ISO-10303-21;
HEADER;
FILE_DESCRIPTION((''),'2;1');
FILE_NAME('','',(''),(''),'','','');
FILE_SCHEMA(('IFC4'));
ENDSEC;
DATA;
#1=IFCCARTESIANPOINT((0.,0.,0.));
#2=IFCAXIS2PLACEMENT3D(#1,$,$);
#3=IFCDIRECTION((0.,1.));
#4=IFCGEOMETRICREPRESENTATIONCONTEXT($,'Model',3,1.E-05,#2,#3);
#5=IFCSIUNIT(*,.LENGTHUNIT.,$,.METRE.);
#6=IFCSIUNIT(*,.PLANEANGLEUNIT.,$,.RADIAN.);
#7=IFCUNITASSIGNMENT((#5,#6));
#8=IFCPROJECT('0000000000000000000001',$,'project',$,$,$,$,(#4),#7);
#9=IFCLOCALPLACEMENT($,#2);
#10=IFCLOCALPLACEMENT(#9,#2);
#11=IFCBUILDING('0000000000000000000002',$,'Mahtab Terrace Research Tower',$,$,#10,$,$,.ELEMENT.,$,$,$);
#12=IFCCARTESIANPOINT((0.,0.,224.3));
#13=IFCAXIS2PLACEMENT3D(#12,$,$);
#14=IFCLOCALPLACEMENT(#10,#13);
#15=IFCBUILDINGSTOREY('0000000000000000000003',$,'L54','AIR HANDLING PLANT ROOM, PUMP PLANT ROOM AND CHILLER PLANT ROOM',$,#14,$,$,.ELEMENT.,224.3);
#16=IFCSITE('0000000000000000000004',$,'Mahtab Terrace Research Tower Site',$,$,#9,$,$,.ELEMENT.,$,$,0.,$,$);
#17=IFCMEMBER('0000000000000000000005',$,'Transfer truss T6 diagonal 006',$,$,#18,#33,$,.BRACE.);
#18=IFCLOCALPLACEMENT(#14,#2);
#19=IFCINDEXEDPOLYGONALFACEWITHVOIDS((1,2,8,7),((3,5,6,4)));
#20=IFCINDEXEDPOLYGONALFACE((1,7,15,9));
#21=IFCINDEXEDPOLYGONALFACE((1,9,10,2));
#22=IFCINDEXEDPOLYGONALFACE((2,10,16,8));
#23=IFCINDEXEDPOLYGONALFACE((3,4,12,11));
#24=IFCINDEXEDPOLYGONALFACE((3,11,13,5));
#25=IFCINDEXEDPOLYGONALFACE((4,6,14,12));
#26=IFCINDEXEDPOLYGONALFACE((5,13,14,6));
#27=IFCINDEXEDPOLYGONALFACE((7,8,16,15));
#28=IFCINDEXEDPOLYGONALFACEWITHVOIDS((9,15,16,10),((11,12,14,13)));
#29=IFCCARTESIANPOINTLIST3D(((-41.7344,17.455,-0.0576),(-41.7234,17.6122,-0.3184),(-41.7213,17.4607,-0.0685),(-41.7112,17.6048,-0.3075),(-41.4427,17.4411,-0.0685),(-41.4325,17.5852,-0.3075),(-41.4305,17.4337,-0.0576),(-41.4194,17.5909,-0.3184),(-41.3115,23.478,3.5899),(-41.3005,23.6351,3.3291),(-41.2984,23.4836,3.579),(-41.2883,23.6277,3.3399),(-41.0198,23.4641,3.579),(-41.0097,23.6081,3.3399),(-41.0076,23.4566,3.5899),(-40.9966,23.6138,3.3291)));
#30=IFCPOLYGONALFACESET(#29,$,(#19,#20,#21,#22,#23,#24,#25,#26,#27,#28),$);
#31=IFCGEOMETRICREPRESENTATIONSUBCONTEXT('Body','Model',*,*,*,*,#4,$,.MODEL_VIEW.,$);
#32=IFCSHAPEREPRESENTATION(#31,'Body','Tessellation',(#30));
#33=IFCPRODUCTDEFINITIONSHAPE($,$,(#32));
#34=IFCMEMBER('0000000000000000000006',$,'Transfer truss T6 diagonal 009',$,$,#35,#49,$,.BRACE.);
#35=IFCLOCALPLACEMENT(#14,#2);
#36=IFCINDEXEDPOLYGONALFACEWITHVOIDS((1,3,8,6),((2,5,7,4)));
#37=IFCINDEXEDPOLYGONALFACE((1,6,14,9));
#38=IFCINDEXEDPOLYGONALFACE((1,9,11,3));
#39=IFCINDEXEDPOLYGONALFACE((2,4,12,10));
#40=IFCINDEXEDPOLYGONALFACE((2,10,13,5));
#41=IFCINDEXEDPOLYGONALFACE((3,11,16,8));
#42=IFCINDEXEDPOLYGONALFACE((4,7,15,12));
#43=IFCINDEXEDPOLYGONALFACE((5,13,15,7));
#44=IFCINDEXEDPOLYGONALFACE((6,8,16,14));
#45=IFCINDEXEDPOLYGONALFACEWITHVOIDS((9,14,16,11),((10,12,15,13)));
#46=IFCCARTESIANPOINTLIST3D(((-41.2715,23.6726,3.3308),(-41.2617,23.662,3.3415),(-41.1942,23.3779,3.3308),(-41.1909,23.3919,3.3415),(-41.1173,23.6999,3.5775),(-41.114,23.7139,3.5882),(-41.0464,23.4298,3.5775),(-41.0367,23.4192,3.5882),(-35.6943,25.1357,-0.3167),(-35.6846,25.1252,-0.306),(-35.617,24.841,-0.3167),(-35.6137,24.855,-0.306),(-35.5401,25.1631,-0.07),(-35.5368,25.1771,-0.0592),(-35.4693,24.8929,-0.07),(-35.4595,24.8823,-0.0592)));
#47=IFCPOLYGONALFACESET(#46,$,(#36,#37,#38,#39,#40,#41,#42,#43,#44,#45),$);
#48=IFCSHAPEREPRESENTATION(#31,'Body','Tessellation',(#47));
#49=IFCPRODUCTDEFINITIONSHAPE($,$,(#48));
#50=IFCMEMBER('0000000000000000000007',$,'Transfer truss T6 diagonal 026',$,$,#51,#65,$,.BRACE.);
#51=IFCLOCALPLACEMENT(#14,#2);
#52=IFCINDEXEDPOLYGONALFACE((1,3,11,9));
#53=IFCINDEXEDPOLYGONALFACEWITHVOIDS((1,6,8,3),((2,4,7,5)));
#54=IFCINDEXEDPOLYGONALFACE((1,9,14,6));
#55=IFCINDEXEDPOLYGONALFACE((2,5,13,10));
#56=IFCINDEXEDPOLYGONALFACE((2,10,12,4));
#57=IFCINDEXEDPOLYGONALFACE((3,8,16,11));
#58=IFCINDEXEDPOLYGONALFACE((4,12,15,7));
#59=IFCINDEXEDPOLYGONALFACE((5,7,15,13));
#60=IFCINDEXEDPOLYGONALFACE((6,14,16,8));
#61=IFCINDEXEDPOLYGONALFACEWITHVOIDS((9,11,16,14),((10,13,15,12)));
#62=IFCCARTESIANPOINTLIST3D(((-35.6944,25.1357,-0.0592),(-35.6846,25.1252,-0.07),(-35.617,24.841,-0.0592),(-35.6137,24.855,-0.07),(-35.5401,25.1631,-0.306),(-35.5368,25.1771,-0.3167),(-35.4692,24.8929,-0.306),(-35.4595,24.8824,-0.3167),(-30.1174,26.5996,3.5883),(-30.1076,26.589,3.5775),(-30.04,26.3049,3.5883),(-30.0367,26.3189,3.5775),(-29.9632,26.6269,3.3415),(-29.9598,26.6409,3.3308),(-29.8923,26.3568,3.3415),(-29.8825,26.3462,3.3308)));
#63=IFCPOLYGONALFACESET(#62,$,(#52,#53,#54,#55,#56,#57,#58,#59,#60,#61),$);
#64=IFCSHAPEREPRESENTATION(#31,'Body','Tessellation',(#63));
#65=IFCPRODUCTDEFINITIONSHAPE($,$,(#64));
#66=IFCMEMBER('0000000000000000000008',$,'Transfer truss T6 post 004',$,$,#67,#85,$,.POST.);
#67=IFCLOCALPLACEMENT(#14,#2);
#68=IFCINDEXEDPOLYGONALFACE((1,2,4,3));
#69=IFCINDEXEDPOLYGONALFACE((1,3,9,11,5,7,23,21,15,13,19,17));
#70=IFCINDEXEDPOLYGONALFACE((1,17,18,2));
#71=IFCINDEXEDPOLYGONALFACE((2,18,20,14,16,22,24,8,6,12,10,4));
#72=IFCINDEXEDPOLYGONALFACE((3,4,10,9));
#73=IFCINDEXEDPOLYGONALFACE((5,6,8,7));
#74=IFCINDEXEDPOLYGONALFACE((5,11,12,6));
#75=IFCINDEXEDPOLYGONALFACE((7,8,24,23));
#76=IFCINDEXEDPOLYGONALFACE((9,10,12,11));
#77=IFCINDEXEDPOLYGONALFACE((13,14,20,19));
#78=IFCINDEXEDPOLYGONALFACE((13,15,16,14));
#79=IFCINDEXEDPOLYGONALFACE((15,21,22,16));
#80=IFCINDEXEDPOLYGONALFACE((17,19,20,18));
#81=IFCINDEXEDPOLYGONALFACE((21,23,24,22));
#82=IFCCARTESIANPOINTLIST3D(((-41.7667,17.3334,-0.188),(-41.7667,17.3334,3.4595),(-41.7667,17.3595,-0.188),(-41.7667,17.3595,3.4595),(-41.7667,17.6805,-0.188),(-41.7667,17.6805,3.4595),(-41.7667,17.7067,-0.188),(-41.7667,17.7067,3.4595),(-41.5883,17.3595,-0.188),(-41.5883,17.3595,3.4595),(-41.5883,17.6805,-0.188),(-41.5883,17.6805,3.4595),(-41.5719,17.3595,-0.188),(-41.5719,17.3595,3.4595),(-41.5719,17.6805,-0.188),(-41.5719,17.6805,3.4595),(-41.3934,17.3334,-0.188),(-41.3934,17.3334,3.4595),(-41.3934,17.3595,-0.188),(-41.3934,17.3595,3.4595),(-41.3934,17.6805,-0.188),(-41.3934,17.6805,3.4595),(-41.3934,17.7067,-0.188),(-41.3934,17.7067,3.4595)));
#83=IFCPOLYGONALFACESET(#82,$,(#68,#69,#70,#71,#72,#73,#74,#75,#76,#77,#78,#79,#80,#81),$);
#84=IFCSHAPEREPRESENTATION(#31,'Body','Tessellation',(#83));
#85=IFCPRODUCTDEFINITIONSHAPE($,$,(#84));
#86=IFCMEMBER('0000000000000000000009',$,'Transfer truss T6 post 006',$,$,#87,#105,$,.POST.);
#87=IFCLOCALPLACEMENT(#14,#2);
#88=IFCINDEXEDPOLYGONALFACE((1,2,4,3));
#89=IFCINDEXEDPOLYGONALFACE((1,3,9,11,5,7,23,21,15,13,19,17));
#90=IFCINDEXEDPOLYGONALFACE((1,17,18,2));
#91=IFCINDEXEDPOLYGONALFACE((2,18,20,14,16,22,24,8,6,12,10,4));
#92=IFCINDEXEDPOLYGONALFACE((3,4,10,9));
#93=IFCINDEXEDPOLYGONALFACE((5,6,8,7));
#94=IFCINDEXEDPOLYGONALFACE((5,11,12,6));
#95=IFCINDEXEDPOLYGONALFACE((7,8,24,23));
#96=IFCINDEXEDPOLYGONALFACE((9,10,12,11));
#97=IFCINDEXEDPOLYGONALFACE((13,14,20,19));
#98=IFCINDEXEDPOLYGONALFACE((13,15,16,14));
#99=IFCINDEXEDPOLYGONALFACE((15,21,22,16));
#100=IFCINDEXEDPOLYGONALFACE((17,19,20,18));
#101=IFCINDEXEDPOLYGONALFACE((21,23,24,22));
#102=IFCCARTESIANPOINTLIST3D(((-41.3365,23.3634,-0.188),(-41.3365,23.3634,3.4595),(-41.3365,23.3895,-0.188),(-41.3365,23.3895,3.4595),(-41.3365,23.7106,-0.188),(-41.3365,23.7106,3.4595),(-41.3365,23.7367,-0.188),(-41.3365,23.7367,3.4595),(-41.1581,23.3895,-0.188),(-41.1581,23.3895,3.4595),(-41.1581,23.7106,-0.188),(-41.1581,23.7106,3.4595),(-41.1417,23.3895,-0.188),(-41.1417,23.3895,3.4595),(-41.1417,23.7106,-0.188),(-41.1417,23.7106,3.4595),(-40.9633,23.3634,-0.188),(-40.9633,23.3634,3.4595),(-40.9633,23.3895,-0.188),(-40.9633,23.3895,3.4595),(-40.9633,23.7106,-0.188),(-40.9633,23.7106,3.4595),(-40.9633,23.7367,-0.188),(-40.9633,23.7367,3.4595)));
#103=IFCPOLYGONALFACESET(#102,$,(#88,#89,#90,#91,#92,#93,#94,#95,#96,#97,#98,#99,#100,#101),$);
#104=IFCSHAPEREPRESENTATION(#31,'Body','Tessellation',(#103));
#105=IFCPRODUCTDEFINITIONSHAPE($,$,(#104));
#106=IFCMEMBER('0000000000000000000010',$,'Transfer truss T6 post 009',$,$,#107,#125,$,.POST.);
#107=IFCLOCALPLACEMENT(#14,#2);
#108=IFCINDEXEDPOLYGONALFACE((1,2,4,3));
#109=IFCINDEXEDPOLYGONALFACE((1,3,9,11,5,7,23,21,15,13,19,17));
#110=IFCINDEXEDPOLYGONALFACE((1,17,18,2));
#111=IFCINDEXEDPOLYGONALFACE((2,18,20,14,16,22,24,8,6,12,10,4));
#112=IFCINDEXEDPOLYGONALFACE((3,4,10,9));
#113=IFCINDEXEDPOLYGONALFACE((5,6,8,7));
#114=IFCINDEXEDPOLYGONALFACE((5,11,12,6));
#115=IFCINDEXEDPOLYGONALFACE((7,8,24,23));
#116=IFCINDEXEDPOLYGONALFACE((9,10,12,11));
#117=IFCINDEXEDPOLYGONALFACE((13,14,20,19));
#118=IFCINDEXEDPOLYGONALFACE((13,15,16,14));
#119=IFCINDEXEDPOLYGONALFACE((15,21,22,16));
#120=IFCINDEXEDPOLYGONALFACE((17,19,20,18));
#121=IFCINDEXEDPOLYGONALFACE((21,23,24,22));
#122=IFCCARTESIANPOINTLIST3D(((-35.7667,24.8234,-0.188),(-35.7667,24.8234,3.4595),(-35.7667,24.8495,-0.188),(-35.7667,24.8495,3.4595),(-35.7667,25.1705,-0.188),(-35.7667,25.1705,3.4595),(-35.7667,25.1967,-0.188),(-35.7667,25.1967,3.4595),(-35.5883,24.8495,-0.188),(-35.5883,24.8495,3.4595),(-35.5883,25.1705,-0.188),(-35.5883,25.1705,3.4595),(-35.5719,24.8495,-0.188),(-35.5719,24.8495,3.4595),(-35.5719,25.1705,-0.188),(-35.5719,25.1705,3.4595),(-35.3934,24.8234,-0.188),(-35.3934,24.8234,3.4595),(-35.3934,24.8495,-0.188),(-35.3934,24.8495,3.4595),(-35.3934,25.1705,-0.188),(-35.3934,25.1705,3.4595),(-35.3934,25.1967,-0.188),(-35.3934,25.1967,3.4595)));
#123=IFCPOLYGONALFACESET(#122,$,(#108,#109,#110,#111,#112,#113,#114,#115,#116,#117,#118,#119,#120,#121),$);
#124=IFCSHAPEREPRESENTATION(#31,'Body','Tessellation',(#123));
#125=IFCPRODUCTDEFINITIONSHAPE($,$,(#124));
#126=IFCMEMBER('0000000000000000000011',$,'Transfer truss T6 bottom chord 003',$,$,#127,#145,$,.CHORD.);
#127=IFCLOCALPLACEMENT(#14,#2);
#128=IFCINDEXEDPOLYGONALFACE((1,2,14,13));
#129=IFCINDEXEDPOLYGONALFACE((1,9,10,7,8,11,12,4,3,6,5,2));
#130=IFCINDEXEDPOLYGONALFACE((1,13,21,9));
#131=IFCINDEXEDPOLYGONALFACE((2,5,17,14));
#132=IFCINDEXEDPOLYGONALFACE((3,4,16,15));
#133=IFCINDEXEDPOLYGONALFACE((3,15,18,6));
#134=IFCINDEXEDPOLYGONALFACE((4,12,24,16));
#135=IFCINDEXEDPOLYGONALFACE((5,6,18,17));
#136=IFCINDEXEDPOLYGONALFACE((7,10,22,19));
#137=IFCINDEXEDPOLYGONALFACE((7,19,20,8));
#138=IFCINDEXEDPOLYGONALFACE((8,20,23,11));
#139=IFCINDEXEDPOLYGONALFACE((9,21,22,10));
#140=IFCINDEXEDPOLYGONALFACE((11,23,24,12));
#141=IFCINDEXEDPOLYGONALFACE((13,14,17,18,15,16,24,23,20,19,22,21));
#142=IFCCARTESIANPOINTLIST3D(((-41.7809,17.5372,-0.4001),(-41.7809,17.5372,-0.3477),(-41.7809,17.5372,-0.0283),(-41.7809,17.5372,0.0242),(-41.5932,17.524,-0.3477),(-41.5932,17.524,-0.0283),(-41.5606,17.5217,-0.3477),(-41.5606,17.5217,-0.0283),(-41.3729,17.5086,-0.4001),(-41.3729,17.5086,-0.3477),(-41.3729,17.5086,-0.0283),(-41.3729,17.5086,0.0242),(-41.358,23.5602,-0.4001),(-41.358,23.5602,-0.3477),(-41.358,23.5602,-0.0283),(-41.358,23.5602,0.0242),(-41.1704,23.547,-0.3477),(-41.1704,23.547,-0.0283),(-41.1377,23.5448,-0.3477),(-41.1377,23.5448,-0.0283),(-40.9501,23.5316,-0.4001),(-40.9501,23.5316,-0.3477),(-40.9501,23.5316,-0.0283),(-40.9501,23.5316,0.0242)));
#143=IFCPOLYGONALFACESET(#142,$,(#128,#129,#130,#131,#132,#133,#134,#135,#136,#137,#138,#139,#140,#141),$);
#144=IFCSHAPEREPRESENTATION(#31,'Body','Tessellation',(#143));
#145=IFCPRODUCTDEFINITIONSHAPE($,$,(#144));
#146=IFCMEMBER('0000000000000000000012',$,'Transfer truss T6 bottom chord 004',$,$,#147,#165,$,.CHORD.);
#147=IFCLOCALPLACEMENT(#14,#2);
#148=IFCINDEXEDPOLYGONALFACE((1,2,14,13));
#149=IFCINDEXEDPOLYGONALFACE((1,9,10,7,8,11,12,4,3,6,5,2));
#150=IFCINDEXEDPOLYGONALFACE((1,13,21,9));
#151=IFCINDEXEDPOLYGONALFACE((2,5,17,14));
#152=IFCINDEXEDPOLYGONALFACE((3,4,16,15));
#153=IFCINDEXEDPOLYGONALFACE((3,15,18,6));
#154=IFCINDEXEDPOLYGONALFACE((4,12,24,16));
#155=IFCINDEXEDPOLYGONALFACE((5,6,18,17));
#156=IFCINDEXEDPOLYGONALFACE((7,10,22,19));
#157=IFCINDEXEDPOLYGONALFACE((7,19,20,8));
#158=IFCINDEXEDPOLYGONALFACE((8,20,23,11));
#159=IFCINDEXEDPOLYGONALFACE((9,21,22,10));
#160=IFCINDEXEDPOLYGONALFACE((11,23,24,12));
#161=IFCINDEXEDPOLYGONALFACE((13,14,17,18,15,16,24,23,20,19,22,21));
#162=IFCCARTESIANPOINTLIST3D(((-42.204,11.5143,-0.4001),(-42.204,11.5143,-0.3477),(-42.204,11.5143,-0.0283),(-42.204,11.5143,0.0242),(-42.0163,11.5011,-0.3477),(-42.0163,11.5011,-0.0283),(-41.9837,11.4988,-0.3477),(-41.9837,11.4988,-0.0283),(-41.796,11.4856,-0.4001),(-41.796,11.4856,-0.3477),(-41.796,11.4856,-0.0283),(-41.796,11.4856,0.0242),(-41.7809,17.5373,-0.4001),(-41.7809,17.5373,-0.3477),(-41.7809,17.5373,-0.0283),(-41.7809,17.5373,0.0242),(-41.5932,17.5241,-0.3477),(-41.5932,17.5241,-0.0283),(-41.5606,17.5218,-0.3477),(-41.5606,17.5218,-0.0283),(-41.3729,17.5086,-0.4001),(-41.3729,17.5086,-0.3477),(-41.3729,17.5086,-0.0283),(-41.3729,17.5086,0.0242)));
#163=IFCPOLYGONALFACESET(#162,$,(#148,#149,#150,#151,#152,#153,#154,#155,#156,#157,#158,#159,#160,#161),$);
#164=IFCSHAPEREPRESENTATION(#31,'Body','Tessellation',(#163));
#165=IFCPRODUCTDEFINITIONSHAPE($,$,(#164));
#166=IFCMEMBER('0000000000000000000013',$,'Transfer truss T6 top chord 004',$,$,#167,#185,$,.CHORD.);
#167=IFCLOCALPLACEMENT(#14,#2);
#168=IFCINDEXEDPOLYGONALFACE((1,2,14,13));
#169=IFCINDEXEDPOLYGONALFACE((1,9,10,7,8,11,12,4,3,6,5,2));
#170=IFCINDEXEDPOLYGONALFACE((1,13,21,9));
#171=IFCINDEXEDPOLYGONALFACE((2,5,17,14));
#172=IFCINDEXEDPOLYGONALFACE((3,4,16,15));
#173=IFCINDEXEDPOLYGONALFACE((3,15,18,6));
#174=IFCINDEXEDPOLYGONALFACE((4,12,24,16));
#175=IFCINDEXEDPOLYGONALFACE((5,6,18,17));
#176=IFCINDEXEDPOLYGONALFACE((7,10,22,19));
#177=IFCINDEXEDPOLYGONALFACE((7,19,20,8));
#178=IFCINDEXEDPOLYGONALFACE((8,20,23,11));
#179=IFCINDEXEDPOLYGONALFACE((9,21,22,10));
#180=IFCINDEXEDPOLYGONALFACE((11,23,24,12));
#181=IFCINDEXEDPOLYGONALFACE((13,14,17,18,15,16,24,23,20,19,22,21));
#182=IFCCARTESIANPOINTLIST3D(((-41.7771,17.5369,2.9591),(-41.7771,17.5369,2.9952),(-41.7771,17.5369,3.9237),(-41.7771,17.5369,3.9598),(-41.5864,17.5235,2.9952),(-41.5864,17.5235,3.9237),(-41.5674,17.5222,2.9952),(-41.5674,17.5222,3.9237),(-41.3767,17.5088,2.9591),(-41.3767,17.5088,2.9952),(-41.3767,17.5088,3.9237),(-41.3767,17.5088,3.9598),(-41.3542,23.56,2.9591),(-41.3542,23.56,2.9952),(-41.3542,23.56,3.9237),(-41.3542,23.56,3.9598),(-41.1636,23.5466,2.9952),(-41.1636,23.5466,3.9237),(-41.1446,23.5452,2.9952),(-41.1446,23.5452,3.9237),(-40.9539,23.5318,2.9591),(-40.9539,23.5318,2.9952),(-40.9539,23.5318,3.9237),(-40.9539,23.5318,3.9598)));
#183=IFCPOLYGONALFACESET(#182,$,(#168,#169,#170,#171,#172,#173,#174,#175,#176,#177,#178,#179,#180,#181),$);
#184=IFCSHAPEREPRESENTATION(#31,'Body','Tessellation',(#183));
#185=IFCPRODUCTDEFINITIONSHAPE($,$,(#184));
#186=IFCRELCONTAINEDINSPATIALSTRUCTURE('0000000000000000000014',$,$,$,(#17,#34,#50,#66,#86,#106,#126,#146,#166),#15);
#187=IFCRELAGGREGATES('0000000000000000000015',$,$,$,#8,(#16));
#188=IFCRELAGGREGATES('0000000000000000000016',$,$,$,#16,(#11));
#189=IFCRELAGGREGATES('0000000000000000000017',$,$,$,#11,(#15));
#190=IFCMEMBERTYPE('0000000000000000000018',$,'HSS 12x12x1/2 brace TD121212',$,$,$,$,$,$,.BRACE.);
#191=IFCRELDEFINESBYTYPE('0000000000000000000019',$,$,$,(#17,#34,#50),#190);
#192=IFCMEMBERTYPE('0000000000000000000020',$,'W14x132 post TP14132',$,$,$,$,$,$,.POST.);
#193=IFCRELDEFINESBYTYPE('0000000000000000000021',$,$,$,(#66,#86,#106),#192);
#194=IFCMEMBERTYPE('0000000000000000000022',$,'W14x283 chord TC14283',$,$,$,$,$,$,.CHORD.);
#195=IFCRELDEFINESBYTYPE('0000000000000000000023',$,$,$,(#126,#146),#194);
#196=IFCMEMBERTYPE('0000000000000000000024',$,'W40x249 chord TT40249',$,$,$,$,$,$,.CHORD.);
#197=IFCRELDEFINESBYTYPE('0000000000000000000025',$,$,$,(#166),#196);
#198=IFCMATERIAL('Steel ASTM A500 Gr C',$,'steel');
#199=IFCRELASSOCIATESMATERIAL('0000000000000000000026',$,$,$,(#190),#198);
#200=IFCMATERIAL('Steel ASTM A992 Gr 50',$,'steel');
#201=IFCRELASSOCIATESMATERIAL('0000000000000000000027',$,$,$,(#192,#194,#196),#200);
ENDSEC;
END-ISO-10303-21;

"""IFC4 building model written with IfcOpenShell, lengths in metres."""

from ifc_helpers import new_model, si_unit, direction, frame, origin, origin_2d, place, context, subcontext, project, spatial, hollow_rectangle, i_section, extrude, material, material_profile, profile_set, type_object, element, save


model = new_model("IFC4")

# Units and contexts
model_context = context("Model", 3, precision=1e-05, world=origin(), true_north=direction((0.0, 1.0)))
body_context = subcontext(model_context, "Body", "Model", "MODEL_VIEW")
ifc_project = project(units=[si_unit("LENGTHUNIT", "METRE"), si_unit("PLANEANGLEUNIT", "RADIAN")], contexts=[model_context])

# Site, building, storey
site_placement = place(None, origin())
site = spatial("IfcSite", under=ifc_project, at=site_placement, Name="Mahtab Terrace Research Tower Site", CompositionType="ELEMENT", RefElevation=0.0)
building_placement = place(site_placement, origin())
building = spatial("IfcBuilding", under=site, at=building_placement, Name="Mahtab Terrace Research Tower", CompositionType="ELEMENT")
storey_placement = place(building_placement, frame((0.0, 0.0, 224.3)))
storey = spatial("IfcBuildingStorey", under=building, at=storey_placement, Name="L54", Description="AIR HANDLING PLANT ROOM, PUMP PLANT ROOM AND CHILLER PLANT ROOM", CompositionType="ELEMENT", Elevation=224.3)

# Members
ifc_material_1 = material(Name="Steel ASTM A500 Gr C", Category="steel")
ifc_material_profile_1 = material_profile(ifc_material_1, hollow_rectangle(XDim=0.3047, YDim=0.3047, WallThickness=0.0127, at=origin_2d()), Name="HSS12X12X1/2")
ifc_profile_set_1 = profile_set([ifc_material_profile_1], Name="Steel ASTM A500 Gr C")
member_type_1 = type_object("IfcMemberType", Name="HSS 12x12x1/2 brace TD121212", PredefinedType="BRACE", material=ifc_profile_set_1)
member_1_placement = place(storey_placement, frame((-41.5769, 17.5229, -0.188), z_axis=(0.059945, 0.853837, 0.517078), x_axis=(-0.997545, 0.070034, 0.0)))
element("IfcMember", 1, at=member_1_placement, inside=storey, type_object=member_type_1, Name="Transfer truss T6 diagonal 006", PredefinedType="BRACE", context=body_context, shape_type="SweptSolid", body=[
    extrude(hollow_rectangle(XDim=0.3047, YDim=0.3047, WallThickness=0.0127, at=origin_2d()), origin(), (0.0, 0.0, 1.0), 7.054),
])
for number, where, z_axis, x_axis, name in (
    (2, (-35.5769, 25.009, -0.188), (-0.817439, -0.214451, 0.534606), (0.253758, -0.967268, 0.0), "Transfer truss T6 diagonal 009"),
    (3, (-35.5769, 25.009, -0.188), (0.817409, 0.214559, 0.53461), (-0.253887, 0.967234, 0.0), "Transfer truss T6 diagonal 026"),
):
    element("IfcMember", number, at=place(storey_placement, frame(where, z_axis=z_axis, x_axis=x_axis)), inside=storey, type_object=member_type_1, Name=name, PredefinedType="BRACE", context=body_context, shape_type="SweptSolid", body=[
        extrude(hollow_rectangle(XDim=0.3047, YDim=0.3047, WallThickness=0.0127, at=origin_2d()), origin(), (0.0, 0.0, 1.0), 6.8228),
    ])
ifc_material_2 = material(Name="Steel ASTM A992 Gr 50", Category="steel")
ifc_material_profile_2 = material_profile(ifc_material_2, i_section(OverallWidth=0.3733, OverallDepth=0.3733, WebThickness=0.0164, FlangeThickness=0.0261, at=origin_2d()), Name="W14X132")
ifc_profile_set_2 = profile_set([ifc_material_profile_2], Name="Steel ASTM A992 Gr 50")
member_type_2 = type_object("IfcMemberType", Name="W14x132 post TP14132", PredefinedType="POST", material=ifc_profile_set_2)
for number, where, z_axis, x_axis, name in (
    (4, (-41.5801, 17.52, -0.188), (0.0, 0.0, 1.0), (1.0, 0.0, 0.0), "Transfer truss T6 post 004"),
    (5, (-41.1499, 23.55, -0.188), (0.0, 0.0, 1.0), (1.0, 0.0, 0.0), "Transfer truss T6 post 006"),
    (6, (-35.5801, 25.01, -0.188), (0.0, 0.0, 1.0), (1.0, 0.0, 0.0), "Transfer truss T6 post 009"),
):
    element("IfcMember", number, at=place(storey_placement, frame(where, z_axis=z_axis, x_axis=x_axis)), inside=storey, type_object=member_type_2, Name=name, PredefinedType="POST", context=body_context, shape_type="SweptSolid", body=[
        extrude(i_section(OverallWidth=0.3733, OverallDepth=0.3733, WebThickness=0.0164, FlangeThickness=0.0261, at=origin_2d()), origin(), (0.0, 0.0, 1.0), 3.6475),
    ])
ifc_material_profile_3 = material_profile(ifc_material_2, i_section(OverallWidth=0.4089, OverallDepth=0.4243, WebThickness=0.0327, FlangeThickness=0.0525, at=origin_2d()), Name="W14X283")
ifc_profile_set_3 = profile_set([ifc_material_profile_3], Name="Steel ASTM A992 Gr 50")
member_type_3 = type_object("IfcMemberType", Name="W14x283 chord TC14283", PredefinedType="CHORD", material=ifc_profile_set_3)
for number, where, z_axis, x_axis, name in (
    (7, (-41.1541, 23.5459, -0.188), (-0.070034, -0.997545, 0.0), (0.997545, -0.070034, 0.0), "Transfer truss T6 bottom chord 003"),
    (8, (-41.5769, 17.5229, -0.188), (-0.070075, -0.997542, 0.0), (0.997542, -0.070075, 0.0), "Transfer truss T6 bottom chord 004"),
):
    element("IfcMember", number, at=place(storey_placement, frame(where, z_axis=z_axis, x_axis=x_axis)), inside=storey, type_object=member_type_3, Name=name, PredefinedType="CHORD", context=body_context, shape_type="SweptSolid", body=[
        extrude(i_section(OverallWidth=0.4089, OverallDepth=0.4243, WebThickness=0.0327, FlangeThickness=0.0525, at=origin_2d()), origin(), (0.0, 0.0, 1.0), 6.0378),
    ])
ifc_material_profile_4 = material_profile(ifc_material_2, i_section(OverallWidth=0.4014, OverallDepth=1.0007, WebThickness=0.019, FlangeThickness=0.0361, at=origin_2d()), Name="W40X249")
ifc_profile_set_4 = profile_set([ifc_material_profile_4], Name="Steel ASTM A992 Gr 50")
member_type_4 = type_object("IfcMemberType", Name="W40x249 chord TT40249", PredefinedType="CHORD", material=ifc_profile_set_4)
for number, where, z_axis, x_axis, name in (
    (9, (-41.1541, 23.5459, 3.4595), (-0.070034, -0.997545, 0.0), (0.997545, -0.070034, 0.0), "Transfer truss T6 top chord 004"),
):
    element("IfcMember", number, at=place(storey_placement, frame(where, z_axis=z_axis, x_axis=x_axis)), inside=storey, type_object=member_type_4, Name=name, PredefinedType="CHORD", context=body_context, shape_type="SweptSolid", body=[
        extrude(i_section(OverallWidth=0.4014, OverallDepth=1.0007, WebThickness=0.019, FlangeThickness=0.0361, at=origin_2d()), origin(), (0.0, 0.0, 1.0), 6.0378),
    ])

save(model, "model.ifc")
